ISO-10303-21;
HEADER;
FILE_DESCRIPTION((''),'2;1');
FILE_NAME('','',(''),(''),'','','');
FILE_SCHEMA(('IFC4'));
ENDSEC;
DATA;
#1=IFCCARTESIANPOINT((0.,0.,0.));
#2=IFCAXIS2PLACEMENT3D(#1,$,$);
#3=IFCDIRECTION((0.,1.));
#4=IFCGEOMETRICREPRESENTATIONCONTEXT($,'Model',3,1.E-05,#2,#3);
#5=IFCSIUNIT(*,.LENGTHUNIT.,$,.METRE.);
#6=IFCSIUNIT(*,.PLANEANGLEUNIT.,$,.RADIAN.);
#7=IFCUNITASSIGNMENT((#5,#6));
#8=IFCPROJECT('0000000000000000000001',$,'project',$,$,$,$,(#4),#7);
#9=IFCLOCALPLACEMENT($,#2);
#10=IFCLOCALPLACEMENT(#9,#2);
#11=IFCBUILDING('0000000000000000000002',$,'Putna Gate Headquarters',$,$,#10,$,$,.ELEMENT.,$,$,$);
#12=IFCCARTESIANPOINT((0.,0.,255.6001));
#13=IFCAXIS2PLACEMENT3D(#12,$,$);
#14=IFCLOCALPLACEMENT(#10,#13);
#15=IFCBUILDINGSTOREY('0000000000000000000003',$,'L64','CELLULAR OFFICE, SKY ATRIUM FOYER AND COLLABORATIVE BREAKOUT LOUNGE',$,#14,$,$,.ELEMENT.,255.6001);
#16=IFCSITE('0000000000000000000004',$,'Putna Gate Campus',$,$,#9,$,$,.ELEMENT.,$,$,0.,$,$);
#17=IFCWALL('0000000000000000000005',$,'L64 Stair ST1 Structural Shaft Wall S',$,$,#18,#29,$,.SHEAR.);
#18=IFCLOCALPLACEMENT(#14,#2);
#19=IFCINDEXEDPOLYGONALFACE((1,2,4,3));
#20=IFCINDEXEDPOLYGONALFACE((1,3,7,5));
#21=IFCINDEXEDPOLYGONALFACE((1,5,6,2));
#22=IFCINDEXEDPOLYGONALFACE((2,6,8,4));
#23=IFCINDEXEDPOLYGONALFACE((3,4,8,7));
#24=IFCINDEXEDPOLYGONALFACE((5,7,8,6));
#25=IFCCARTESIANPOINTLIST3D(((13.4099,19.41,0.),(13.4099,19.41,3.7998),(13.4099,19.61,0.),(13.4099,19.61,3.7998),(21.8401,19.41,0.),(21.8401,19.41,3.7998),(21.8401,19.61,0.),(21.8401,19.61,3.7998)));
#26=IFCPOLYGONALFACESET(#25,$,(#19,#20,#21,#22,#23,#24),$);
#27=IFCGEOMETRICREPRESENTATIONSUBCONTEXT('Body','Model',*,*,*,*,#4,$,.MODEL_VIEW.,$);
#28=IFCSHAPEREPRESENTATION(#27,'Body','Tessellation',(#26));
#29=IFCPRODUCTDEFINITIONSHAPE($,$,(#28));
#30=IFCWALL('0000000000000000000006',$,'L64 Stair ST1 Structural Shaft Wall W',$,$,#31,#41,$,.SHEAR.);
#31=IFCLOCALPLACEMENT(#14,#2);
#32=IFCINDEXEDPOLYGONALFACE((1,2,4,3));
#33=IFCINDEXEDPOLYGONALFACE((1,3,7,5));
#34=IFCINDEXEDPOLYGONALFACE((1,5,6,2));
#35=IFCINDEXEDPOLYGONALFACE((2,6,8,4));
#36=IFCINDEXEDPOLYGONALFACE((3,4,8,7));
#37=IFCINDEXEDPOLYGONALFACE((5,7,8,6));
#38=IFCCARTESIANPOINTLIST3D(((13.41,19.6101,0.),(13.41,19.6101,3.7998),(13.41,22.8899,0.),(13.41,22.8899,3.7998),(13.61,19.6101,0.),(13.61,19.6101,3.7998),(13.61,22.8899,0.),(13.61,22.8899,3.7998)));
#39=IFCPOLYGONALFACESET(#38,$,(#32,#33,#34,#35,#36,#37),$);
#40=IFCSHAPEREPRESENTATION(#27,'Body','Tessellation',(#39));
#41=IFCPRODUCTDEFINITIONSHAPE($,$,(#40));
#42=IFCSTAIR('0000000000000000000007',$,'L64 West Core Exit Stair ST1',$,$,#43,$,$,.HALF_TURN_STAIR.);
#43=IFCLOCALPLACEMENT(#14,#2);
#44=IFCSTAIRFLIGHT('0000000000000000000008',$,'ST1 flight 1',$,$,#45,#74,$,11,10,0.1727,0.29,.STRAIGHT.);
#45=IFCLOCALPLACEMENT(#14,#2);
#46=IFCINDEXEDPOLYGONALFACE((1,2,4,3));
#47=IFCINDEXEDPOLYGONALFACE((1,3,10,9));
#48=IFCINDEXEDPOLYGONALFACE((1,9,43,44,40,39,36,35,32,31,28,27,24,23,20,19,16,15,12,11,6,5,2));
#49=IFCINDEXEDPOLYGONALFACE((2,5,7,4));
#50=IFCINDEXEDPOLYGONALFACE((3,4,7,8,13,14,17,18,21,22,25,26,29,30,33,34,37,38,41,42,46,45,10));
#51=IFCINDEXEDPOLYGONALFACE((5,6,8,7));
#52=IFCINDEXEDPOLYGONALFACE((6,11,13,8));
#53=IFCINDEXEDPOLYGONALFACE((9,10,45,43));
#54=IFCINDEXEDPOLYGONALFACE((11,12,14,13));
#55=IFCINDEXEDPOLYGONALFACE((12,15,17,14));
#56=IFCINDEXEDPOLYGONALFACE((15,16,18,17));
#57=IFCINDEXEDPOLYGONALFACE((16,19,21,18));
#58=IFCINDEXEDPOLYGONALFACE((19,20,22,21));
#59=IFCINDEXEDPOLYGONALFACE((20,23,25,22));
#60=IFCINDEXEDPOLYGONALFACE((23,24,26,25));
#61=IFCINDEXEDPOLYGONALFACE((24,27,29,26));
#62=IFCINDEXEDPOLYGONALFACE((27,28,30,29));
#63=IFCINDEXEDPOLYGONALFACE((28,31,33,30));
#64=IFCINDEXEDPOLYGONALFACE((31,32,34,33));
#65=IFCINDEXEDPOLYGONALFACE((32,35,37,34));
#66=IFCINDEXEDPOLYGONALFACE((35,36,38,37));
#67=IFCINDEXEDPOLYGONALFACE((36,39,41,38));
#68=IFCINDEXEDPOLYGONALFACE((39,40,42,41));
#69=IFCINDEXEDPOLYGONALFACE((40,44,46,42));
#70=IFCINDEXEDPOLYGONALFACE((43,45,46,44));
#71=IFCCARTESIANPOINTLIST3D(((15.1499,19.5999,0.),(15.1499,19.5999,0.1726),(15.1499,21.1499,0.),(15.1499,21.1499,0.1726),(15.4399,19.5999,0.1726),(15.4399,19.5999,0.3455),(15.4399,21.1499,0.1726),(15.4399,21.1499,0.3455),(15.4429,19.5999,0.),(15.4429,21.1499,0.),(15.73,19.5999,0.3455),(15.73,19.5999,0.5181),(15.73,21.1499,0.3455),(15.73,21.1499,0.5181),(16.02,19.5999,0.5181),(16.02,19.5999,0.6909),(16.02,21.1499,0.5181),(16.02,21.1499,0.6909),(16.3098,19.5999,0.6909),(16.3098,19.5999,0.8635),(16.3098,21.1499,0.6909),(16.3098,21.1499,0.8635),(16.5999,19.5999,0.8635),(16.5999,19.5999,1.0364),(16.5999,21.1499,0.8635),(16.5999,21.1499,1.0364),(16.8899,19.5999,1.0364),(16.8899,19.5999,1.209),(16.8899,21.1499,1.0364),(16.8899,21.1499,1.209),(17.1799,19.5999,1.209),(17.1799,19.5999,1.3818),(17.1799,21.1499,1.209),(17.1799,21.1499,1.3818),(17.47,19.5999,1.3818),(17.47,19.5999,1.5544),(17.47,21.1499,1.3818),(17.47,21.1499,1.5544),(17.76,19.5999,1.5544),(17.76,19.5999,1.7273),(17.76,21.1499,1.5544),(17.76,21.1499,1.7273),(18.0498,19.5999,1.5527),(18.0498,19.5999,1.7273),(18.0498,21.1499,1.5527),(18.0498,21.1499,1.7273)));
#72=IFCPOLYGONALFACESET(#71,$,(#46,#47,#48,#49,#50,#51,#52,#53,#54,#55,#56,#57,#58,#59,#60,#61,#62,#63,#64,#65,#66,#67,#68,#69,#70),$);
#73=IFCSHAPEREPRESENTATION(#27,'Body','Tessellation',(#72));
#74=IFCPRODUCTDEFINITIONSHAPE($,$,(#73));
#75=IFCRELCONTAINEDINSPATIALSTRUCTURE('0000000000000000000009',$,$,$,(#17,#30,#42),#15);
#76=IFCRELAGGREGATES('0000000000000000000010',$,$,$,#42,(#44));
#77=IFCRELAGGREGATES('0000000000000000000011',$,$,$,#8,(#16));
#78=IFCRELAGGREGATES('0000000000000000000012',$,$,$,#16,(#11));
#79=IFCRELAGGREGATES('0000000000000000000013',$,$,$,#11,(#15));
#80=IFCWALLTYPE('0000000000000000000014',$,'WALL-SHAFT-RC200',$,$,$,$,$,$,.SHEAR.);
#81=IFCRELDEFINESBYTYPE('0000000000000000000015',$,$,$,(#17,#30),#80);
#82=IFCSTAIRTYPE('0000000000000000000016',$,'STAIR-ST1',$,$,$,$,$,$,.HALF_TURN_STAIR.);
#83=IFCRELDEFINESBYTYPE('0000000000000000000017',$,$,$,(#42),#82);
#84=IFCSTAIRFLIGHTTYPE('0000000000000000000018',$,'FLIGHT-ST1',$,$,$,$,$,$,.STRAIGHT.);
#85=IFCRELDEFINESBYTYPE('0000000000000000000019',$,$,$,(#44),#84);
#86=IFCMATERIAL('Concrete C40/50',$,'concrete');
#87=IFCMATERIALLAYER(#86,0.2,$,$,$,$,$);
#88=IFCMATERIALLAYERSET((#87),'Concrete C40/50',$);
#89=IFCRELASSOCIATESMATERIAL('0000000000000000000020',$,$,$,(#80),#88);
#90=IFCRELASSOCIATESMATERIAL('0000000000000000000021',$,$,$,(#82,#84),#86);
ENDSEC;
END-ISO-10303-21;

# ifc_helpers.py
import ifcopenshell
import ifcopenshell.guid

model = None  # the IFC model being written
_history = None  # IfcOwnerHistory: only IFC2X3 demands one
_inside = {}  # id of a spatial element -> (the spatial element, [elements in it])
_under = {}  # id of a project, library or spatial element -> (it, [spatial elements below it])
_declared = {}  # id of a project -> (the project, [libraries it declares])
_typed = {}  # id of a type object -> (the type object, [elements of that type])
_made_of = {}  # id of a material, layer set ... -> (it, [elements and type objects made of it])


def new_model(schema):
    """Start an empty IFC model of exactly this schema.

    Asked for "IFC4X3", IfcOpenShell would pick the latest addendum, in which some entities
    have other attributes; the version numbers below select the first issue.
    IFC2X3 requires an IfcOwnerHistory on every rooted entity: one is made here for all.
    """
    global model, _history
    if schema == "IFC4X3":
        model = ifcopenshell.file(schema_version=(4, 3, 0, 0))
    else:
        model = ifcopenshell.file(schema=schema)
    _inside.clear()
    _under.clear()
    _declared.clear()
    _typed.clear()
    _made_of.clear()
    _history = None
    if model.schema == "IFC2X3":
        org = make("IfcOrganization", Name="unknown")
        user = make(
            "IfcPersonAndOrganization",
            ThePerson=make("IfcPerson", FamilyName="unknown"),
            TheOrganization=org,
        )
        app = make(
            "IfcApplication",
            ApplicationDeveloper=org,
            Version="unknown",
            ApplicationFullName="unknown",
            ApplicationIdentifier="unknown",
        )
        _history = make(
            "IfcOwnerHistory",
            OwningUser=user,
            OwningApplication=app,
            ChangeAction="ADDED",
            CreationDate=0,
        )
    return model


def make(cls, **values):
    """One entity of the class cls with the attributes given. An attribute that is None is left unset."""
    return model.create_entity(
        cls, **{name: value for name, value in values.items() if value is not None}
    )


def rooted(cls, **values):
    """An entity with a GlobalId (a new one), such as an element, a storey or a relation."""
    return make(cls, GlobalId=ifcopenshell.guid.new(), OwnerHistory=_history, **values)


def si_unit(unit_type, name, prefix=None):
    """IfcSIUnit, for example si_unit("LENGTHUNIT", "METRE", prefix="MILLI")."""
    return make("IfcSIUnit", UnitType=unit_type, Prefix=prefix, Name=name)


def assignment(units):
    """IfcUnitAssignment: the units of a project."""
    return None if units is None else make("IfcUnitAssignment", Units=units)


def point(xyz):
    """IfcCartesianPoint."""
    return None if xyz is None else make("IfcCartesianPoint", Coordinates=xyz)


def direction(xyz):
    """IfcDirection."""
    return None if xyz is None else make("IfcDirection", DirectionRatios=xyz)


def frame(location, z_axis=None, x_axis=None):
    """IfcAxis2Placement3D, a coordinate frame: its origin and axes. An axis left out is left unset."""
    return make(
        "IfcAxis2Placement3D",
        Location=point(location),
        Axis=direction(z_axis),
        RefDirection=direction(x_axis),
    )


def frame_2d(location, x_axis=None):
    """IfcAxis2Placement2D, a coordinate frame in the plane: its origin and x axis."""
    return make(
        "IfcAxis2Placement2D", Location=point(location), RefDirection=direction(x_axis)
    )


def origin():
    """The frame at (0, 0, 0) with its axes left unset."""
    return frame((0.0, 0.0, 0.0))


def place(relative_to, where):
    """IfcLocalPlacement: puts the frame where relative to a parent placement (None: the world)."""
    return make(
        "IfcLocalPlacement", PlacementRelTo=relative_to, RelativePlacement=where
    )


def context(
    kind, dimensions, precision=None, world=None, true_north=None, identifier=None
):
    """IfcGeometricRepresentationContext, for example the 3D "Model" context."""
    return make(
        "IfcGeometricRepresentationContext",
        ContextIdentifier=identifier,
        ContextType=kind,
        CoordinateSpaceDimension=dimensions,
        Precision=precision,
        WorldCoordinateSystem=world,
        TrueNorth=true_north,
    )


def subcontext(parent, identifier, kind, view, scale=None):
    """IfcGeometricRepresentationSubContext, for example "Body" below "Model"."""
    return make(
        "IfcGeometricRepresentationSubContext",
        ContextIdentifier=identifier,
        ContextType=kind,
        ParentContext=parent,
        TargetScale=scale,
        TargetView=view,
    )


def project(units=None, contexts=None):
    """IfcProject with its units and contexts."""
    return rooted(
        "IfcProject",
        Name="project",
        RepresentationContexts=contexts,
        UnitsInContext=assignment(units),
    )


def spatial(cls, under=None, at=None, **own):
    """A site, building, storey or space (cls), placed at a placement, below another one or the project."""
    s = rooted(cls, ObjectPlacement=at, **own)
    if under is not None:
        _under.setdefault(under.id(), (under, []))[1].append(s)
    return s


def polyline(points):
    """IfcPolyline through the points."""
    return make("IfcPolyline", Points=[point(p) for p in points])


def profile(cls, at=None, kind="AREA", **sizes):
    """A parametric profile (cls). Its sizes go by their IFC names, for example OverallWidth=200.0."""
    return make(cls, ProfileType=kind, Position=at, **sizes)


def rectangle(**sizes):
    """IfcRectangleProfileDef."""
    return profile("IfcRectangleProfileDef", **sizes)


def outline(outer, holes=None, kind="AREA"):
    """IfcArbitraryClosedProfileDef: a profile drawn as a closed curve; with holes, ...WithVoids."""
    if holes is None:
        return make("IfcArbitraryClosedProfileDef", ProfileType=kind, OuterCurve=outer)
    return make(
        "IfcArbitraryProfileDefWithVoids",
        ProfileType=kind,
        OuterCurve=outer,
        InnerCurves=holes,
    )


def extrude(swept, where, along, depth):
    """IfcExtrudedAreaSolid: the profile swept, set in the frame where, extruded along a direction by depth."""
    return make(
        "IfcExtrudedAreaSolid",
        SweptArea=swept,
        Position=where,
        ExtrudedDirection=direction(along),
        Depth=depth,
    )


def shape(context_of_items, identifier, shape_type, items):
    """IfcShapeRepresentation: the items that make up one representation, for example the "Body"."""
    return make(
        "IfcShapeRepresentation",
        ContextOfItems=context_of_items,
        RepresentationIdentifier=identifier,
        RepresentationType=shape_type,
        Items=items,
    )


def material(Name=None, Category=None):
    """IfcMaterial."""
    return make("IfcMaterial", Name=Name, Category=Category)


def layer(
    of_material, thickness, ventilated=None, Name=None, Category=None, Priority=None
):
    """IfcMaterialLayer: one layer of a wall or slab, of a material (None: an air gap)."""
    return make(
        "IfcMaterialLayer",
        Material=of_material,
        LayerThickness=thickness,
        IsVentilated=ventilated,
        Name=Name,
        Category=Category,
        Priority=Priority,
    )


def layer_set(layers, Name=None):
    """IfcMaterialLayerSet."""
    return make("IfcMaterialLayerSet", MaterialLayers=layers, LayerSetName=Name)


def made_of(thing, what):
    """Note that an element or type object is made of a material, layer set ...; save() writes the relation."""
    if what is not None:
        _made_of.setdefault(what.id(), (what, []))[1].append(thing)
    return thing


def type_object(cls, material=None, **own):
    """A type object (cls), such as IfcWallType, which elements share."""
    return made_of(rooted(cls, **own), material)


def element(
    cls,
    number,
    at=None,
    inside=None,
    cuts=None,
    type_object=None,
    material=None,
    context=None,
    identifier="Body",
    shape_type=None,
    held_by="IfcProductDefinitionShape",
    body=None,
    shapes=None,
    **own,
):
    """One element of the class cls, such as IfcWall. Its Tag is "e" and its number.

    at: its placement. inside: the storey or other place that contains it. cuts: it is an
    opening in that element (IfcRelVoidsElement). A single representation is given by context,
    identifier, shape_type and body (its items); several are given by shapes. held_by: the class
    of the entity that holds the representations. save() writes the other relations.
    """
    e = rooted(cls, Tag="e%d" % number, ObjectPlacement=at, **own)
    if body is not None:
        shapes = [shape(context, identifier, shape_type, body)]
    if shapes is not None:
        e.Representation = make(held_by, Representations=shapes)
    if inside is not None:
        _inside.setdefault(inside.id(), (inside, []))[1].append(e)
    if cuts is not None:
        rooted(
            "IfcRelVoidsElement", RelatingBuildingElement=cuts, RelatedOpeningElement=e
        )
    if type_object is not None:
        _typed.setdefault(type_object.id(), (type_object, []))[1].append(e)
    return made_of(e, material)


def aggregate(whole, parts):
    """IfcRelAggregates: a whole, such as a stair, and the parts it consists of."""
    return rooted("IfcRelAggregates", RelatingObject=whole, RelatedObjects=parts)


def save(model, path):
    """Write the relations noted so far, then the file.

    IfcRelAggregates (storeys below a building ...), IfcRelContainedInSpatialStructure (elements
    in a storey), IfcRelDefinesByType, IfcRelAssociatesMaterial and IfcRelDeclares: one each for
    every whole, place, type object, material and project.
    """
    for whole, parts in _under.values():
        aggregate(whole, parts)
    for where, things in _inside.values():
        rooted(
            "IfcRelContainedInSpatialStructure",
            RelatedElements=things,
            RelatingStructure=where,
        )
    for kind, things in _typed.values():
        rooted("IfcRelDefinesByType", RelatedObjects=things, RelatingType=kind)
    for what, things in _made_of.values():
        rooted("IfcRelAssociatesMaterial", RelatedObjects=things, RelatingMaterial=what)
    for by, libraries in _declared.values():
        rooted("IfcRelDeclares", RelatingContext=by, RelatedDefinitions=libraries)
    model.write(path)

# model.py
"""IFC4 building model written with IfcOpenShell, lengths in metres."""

from ifc_helpers import new_model, si_unit, direction, frame, frame_2d, origin, place, context, subcontext, project, spatial, polyline, rectangle, outline, extrude, material, layer, layer_set, type_object, element, aggregate, save


model = new_model("IFC4")

# Units and contexts
model_context = context("Model", 3, precision=1e-05, world=origin(), true_north=direction((0.0, 1.0)))
body_context = subcontext(model_context, "Body", "Model", "MODEL_VIEW")
ifc_project = project(units=[si_unit("LENGTHUNIT", "METRE"), si_unit("PLANEANGLEUNIT", "RADIAN")], contexts=[model_context])

# Site, building, storey
site_placement = place(None, origin())
site = spatial("IfcSite", under=ifc_project, at=site_placement, Name="Putna Gate Campus", CompositionType="ELEMENT", RefElevation=0.0)
building_placement = place(site_placement, origin())
building = spatial("IfcBuilding", under=site, at=building_placement, Name="Putna Gate Headquarters", CompositionType="ELEMENT")
storey_placement = place(building_placement, frame((0.0, 0.0, 255.6001)))
storey = spatial("IfcBuildingStorey", under=building, at=storey_placement, Name="L64", Description="CELLULAR OFFICE, SKY ATRIUM FOYER AND COLLABORATIVE BREAKOUT LOUNGE", CompositionType="ELEMENT", Elevation=255.6001)

# Walls
ifc_material_1 = material(Name="Concrete C40/50", Category="concrete")
ifc_layer_1 = layer(ifc_material_1, 0.2)
ifc_layer_set_1 = layer_set([ifc_layer_1], Name="Concrete C40/50")
wall_type_1 = type_object("IfcWallType", Name="WALL-SHAFT-RC200", PredefinedType="SHEAR", material=ifc_layer_set_1)
wall_1_placement = place(storey_placement, frame((13.4099, 19.51, 0.0), z_axis=(0.0, 0.0, 1.0), x_axis=(1.0, 0.0, 0.0)))
element("IfcWall", 1, at=wall_1_placement, inside=storey, type_object=wall_type_1, Name="L64 Stair ST1 Structural Shaft Wall S", PredefinedType="SHEAR", context=body_context, shape_type="SweptSolid", body=[
    extrude(rectangle(XDim=8.4302, YDim=0.2, at=frame_2d((4.2151, 0.0))), origin(), (0.0, 0.0, 1.0), 3.7998),
])
wall_2_placement = place(storey_placement, frame((13.51, 19.6101, 0.0), z_axis=(0.0, 0.0, 1.0), x_axis=(0.0, 1.0, 0.0)))
element("IfcWall", 2, at=wall_2_placement, inside=storey, type_object=wall_type_1, Name="L64 Stair ST1 Structural Shaft Wall W", PredefinedType="SHEAR", context=body_context, shape_type="SweptSolid", body=[
    extrude(rectangle(XDim=3.2798, YDim=0.2, at=frame_2d((1.6399, 0.0))), origin(), (0.0, 0.0, 1.0), 3.7998),
])

# Stair, stair flight
stair_type = type_object("IfcStairType", Name="STAIR-ST1", PredefinedType="HALF_TURN_STAIR", material=ifc_material_1)
stair_placement = place(storey_placement, origin())
stair = element("IfcStair", 3, at=stair_placement, inside=storey, type_object=stair_type, Name="L64 West Core Exit Stair ST1", PredefinedType="HALF_TURN_STAIR")
stair_flight_type = type_object("IfcStairFlightType", Name="FLIGHT-ST1", PredefinedType="STRAIGHT", material=ifc_material_1)
stair_flight_placement = place(storey_placement, frame((15.1499, 20.375, 0.0), z_axis=(0.0, 0.0, 1.0), x_axis=(1.0, 0.0, 0.0)))
stair_flight = element("IfcStairFlight", 4, at=stair_flight_placement, type_object=stair_flight_type, Name="ST1 flight 1", NumberOfRisers=11, NumberOfTreads=10, PredefinedType="STRAIGHT", RiserHeight=0.1727, TreadLength=0.29, context=body_context, shape_type="SweptSolid", body=[
    extrude(outline(polyline([(0.0, 0.0), (0.0, 0.1726), (0.29, 0.1726), (0.29, 0.3455), (0.5801, 0.3455), (0.5801, 0.5181), (0.8701, 0.5181), (0.8701, 0.6909), (1.1599, 0.6909), (1.1599, 0.8635), (1.45, 0.8635), (1.45, 1.0364), (1.74, 1.0364), (1.74, 1.209), (2.03, 1.209), (2.03, 1.3818), (2.3201, 1.3818), (2.3201, 1.5544), (2.6101, 1.5544), (2.6101, 1.7273), (2.8999, 1.7273), (2.8999, 1.8999), (2.8999, 1.5527), (0.293, 0.0), (0.0, 0.0)])), frame((0.0, 0.7749, 0.0), z_axis=(0.0, -1.0, 0.0), x_axis=(1.0, 0.0, 0.0)), (0.0, 0.0, 1.0), 1.55),
])
aggregate(stair, [stair_flight])

save(model, "model.ifc")
